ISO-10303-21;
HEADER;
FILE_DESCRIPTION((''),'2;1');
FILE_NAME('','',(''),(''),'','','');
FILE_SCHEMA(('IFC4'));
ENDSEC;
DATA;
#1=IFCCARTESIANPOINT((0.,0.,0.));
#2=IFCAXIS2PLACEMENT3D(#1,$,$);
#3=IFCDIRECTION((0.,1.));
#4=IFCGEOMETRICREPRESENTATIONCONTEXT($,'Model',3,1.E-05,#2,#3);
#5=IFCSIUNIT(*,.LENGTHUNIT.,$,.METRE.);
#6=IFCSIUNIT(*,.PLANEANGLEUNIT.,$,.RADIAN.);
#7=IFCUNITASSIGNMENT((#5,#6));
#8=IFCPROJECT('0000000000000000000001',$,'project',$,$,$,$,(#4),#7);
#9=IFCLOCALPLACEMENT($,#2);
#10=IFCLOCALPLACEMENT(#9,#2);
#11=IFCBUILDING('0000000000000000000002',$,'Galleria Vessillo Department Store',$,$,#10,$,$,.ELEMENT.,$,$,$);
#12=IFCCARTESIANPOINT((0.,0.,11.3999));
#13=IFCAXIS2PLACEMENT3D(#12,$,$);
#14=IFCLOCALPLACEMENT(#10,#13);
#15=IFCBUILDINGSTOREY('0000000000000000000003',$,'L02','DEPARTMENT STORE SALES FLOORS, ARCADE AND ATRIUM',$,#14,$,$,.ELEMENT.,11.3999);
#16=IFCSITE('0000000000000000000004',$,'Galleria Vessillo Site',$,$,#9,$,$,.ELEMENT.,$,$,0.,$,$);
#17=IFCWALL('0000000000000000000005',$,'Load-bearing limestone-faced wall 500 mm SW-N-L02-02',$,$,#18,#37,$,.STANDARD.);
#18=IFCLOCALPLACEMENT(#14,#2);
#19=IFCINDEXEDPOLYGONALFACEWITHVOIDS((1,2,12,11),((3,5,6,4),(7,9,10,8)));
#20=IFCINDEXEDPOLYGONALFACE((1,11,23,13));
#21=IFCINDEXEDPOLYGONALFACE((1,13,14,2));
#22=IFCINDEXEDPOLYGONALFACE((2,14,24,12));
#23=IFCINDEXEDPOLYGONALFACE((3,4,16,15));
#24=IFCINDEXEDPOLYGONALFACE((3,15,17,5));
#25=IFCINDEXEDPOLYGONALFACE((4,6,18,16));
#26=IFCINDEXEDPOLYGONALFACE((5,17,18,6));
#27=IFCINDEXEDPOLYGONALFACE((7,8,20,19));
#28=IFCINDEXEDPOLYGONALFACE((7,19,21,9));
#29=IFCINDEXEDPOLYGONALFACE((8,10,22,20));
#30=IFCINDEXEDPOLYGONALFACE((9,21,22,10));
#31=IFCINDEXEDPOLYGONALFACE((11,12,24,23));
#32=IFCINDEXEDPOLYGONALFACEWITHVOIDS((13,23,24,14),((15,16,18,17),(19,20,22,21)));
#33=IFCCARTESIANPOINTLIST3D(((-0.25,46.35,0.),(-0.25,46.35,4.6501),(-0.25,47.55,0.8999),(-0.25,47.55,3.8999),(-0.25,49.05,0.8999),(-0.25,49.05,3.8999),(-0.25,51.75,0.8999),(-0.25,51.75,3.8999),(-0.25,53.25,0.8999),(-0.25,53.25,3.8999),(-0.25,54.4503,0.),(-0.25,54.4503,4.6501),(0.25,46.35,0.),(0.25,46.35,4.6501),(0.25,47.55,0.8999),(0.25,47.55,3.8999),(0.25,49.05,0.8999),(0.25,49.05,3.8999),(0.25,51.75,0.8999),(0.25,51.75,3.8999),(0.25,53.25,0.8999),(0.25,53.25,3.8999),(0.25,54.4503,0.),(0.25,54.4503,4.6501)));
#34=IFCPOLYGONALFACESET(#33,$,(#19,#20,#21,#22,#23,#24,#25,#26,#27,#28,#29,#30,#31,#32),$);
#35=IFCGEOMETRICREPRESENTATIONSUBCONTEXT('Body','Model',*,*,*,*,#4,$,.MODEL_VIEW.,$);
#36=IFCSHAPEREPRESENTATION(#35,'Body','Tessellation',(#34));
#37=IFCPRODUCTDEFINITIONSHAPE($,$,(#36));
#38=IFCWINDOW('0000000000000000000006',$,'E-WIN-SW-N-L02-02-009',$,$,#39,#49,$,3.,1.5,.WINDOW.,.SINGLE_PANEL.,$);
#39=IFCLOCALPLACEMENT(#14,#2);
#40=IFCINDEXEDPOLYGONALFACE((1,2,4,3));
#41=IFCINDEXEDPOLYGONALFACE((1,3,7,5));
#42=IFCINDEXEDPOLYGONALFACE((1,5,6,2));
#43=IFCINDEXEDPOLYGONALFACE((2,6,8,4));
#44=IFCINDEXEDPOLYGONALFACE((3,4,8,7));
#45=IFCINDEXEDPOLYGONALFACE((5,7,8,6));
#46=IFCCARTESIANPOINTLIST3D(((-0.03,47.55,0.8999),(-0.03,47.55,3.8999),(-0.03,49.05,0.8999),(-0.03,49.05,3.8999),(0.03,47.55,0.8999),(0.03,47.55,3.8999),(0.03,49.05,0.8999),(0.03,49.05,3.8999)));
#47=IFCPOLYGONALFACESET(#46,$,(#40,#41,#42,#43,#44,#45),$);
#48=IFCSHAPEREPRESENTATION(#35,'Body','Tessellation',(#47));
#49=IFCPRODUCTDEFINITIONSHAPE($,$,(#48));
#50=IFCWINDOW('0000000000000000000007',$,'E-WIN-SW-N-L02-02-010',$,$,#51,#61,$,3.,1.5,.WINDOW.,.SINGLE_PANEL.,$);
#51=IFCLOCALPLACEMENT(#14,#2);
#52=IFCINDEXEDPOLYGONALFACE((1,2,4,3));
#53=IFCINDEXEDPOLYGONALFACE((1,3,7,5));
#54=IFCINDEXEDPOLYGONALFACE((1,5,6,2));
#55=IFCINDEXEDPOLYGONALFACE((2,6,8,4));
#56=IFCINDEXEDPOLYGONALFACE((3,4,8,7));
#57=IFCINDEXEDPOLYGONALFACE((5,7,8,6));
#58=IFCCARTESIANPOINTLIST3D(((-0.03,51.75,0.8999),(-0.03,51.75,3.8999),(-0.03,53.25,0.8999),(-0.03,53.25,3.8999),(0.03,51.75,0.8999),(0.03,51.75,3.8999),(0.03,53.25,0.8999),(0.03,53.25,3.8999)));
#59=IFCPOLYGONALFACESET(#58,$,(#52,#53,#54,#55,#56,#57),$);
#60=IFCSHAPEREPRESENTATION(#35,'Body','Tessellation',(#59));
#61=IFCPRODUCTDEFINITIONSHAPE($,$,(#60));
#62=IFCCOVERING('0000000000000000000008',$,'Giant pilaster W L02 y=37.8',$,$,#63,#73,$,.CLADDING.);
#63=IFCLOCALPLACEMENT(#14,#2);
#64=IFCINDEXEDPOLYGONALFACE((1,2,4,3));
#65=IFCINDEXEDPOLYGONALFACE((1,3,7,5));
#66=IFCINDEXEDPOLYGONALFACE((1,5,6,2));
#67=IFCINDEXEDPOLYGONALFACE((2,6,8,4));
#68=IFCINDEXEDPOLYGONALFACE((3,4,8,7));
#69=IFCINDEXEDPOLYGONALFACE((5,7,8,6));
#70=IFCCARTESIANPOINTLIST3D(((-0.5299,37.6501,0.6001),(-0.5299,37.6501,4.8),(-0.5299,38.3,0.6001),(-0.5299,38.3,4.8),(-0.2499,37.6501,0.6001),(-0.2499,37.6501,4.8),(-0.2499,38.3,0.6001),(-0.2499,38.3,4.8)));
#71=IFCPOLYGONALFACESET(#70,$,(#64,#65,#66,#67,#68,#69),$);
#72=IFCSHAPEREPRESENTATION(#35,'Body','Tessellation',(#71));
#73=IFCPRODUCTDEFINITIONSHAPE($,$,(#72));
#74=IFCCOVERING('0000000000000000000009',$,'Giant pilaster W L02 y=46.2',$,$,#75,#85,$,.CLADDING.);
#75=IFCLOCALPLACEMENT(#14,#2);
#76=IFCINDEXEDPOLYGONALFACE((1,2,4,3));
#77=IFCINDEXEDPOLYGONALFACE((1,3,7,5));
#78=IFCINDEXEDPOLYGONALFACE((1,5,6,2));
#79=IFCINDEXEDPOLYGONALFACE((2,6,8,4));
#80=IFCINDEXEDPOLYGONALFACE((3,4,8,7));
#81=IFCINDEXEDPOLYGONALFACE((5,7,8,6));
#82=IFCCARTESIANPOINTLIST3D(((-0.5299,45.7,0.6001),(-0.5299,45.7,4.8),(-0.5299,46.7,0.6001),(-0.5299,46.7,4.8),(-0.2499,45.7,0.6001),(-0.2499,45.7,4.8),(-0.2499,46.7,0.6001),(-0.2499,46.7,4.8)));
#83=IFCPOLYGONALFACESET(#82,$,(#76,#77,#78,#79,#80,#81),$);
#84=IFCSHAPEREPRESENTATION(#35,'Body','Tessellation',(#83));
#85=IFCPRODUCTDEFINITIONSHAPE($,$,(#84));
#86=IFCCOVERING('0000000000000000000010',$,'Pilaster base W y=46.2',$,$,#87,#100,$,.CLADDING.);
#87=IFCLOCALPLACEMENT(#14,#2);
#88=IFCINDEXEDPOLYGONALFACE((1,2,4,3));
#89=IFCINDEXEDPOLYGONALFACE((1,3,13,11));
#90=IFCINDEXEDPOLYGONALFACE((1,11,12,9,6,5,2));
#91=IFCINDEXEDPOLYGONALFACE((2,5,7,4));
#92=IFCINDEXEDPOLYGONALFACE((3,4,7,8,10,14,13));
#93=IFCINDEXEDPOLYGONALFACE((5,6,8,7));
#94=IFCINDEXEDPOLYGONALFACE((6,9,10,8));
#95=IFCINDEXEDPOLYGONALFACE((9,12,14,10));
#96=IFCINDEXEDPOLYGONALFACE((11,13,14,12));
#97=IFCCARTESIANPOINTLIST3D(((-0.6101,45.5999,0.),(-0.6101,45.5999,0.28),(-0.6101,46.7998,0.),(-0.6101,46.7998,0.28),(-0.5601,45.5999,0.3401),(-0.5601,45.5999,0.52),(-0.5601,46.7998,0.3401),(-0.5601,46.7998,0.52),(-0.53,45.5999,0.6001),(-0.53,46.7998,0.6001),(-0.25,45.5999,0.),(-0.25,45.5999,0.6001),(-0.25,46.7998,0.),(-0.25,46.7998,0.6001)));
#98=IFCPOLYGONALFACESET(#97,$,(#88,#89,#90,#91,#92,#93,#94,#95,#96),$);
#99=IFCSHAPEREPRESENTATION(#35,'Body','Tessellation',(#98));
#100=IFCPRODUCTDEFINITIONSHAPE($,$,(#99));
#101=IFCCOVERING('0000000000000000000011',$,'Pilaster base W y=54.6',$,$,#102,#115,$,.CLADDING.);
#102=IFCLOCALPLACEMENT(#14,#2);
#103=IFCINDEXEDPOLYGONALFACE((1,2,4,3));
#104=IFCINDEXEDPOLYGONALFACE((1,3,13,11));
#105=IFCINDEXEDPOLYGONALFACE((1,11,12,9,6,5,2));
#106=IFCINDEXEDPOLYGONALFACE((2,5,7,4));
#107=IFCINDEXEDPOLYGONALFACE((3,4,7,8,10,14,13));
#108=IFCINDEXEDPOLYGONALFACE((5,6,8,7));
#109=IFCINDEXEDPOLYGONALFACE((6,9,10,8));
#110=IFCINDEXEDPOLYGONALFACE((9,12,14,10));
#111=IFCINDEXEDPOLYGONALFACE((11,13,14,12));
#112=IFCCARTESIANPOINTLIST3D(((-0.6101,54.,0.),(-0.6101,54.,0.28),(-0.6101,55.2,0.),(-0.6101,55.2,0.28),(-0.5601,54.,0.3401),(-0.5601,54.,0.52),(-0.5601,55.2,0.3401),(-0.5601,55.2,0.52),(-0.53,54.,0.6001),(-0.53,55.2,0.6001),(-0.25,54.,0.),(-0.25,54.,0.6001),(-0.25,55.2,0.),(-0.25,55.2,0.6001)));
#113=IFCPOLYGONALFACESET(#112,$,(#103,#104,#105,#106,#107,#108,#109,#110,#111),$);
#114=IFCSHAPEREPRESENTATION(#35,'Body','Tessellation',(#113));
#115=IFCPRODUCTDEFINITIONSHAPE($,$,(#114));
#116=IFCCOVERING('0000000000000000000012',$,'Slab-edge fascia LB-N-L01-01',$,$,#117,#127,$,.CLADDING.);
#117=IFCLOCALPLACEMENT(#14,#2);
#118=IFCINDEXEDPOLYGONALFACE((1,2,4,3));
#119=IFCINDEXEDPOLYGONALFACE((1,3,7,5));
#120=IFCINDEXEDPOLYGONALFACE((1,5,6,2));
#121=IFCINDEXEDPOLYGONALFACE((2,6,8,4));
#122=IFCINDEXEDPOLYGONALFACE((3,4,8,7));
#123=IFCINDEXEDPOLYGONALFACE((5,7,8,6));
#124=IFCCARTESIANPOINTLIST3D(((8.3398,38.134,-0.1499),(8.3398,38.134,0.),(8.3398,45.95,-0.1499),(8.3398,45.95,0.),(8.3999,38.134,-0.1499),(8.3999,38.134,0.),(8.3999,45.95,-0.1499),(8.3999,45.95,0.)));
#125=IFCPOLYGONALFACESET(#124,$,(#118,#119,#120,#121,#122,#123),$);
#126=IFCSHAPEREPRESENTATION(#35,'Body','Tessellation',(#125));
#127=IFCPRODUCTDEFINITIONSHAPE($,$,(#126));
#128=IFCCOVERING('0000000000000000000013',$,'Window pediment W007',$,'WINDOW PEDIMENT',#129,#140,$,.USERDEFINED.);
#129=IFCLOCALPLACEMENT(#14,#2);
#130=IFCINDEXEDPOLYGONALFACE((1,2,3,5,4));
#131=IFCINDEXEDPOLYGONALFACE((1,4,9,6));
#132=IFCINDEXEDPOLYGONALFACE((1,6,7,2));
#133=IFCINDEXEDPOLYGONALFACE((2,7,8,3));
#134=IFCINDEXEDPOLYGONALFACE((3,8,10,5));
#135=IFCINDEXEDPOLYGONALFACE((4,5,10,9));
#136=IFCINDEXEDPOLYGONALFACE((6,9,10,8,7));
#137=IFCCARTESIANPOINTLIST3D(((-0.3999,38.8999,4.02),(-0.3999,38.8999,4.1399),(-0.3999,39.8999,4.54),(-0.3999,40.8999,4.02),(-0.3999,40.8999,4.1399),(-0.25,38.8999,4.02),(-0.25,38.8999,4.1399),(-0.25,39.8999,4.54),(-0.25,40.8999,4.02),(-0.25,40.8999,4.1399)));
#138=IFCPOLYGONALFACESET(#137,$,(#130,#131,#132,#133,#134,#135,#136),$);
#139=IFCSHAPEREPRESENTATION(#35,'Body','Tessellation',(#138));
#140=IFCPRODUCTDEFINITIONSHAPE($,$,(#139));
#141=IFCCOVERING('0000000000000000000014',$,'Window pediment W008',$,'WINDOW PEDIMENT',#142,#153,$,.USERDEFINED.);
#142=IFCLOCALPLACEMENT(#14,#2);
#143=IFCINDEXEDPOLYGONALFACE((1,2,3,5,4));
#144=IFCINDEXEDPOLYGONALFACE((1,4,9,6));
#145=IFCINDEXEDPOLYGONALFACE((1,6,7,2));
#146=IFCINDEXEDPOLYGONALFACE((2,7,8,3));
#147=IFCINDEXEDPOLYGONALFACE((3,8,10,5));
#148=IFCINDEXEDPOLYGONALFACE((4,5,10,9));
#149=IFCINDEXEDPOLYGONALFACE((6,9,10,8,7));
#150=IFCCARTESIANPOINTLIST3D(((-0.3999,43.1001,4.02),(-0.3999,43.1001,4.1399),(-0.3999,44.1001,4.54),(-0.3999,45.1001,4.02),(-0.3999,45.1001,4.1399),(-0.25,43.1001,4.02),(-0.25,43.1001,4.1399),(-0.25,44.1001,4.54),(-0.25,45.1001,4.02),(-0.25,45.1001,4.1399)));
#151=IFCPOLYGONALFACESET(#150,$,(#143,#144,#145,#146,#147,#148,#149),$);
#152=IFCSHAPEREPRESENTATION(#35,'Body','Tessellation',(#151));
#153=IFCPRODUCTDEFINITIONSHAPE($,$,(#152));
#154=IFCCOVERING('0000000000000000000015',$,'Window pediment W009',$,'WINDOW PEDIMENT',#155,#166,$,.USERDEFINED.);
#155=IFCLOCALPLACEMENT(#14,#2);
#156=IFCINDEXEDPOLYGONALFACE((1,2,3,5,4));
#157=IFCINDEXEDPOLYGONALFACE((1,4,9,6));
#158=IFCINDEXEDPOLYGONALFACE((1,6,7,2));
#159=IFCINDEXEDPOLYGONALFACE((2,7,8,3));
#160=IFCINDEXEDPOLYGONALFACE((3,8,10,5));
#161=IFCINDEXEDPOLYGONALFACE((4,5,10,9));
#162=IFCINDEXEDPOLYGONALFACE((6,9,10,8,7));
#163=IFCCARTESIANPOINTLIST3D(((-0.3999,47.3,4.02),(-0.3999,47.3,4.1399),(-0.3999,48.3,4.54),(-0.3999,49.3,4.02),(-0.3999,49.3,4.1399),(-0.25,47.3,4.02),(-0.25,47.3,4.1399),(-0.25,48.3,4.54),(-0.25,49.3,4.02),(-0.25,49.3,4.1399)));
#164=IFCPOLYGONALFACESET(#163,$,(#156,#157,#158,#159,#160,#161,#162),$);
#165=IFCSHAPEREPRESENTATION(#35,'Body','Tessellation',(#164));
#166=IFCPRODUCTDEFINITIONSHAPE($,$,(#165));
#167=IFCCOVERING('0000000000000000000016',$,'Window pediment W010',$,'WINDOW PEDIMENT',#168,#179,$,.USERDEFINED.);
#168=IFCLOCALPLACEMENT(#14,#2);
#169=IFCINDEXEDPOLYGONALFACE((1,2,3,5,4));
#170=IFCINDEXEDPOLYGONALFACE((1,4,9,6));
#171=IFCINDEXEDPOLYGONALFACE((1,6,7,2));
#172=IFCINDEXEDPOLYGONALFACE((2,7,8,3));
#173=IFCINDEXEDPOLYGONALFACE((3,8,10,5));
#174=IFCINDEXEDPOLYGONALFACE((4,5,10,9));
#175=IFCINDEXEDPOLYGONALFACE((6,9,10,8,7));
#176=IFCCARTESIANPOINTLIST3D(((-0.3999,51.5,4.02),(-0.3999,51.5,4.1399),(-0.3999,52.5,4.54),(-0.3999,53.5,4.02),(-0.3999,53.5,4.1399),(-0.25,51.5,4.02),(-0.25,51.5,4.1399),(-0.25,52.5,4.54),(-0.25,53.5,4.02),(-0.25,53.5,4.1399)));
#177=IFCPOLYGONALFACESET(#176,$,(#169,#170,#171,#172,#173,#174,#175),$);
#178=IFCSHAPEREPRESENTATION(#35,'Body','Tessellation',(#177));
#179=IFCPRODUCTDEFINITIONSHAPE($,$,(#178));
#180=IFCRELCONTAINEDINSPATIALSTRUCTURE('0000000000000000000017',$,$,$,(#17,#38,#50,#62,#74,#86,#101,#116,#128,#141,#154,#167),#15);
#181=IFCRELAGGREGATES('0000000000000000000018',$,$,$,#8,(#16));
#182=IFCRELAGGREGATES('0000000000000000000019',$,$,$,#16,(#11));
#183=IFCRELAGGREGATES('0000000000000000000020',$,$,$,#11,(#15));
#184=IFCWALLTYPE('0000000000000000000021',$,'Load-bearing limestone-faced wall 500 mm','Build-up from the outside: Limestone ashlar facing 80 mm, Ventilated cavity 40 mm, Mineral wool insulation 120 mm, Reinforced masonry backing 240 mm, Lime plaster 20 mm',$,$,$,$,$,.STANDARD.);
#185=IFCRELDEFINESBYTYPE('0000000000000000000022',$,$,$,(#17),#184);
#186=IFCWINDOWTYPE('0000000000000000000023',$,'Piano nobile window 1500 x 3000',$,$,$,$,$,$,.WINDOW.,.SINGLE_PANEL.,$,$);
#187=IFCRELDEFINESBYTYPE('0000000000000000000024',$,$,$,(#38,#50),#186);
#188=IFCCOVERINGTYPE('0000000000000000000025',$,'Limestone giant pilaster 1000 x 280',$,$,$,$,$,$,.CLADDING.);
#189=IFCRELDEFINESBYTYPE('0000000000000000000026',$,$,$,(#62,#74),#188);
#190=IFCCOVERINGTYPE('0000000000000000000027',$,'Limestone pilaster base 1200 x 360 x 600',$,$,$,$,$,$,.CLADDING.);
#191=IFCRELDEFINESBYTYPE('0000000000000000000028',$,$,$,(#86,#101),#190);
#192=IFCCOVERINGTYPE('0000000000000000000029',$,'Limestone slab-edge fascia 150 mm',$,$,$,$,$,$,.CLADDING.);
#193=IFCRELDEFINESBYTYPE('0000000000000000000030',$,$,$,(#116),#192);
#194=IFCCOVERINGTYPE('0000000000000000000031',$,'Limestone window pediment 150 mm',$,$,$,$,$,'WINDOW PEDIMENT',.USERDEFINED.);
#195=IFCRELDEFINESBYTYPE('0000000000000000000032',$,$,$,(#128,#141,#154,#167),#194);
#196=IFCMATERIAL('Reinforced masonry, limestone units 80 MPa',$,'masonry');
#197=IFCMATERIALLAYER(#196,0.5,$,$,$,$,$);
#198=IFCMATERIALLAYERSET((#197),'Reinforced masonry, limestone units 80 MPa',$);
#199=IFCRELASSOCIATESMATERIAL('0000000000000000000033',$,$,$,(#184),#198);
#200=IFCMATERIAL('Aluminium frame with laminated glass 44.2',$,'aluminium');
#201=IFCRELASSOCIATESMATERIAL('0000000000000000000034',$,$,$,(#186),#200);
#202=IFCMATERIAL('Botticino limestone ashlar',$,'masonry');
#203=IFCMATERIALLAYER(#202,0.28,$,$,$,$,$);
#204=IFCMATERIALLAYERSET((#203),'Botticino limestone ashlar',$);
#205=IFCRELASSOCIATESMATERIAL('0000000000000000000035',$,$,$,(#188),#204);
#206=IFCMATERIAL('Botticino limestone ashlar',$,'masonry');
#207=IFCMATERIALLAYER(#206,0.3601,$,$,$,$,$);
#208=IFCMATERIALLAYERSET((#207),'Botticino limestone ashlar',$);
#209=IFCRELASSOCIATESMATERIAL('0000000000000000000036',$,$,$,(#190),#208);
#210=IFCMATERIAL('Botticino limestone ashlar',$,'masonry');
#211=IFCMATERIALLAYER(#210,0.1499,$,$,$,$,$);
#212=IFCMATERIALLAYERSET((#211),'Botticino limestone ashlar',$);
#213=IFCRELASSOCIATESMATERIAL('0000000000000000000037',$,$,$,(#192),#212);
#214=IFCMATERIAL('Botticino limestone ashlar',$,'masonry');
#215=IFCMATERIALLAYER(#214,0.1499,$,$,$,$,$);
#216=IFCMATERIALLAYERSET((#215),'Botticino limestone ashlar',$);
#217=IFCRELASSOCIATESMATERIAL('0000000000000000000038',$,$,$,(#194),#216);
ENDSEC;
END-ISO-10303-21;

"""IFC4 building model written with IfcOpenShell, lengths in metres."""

from ifc_helpers import new_model, si_unit, direction, frame, frame_2d, origin, origin_2d, place, context, subcontext, project, spatial, polyline, rectangle, outline, extrude, material, layer, layer_set, type_object, element, fill, save


model = new_model("IFC4")

# Units and contexts
model_context = context("Model", 3, precision=1e-05, world=origin(), true_north=direction((0.0, 1.0)))
body_context = subcontext(model_context, "Body", "Model", "MODEL_VIEW")
ifc_project = project(units=[si_unit("LENGTHUNIT", "METRE"), si_unit("PLANEANGLEUNIT", "RADIAN")], contexts=[model_context])

# Site, building, storey
site_placement = place(None, origin())
site = spatial("IfcSite", under=ifc_project, at=site_placement, Name="Galleria Vessillo Site", CompositionType="ELEMENT", RefElevation=0.0)
building_placement = place(site_placement, origin())
building = spatial("IfcBuilding", under=site, at=building_placement, Name="Galleria Vessillo Department Store", CompositionType="ELEMENT")
storey_placement = place(building_placement, frame((0.0, 0.0, 11.3999)))
storey = spatial("IfcBuildingStorey", under=building, at=storey_placement, Name="L02", Description="DEPARTMENT STORE SALES FLOORS, ARCADE AND ATRIUM", CompositionType="ELEMENT", Elevation=11.3999)

# Wall, openings, windows
ifc_material_1 = material(Name="Reinforced masonry, limestone units 80 MPa", Category="masonry")
ifc_layer_1 = layer(ifc_material_1, 0.5)
ifc_layer_set_1 = layer_set([ifc_layer_1], Name="Reinforced masonry, limestone units 80 MPa")
wall_type = type_object("IfcWallType", Name="Load-bearing limestone-faced wall 500 mm", Description="Build-up from the outside: Limestone ashlar facing 80 mm, Ventilated cavity 40 mm, Mineral wool insulation 120 mm, Reinforced masonry backing 240 mm, Lime plaster 20 mm", PredefinedType="STANDARD", material=ifc_layer_set_1)
ifc_material_2 = material(Name="Aluminium frame with laminated glass 44.2", Category="aluminium")
window_type = type_object("IfcWindowType", Name="Piano nobile window 1500 x 3000", PartitioningType="SINGLE_PANEL", PredefinedType="WINDOW", material=ifc_material_2)
wall_1_placement = place(storey_placement, frame((0.0, 46.3499, 0.0), z_axis=(0.0, 0.0, 1.0), x_axis=(0.0, 1.0, 0.0)))
wall_1 = element("IfcWall", 1, at=wall_1_placement, inside=storey, type_object=wall_type, Name="Load-bearing limestone-faced wall 500 mm SW-N-L02-02", PredefinedType="STANDARD", context=body_context, shape_type="SweptSolid", body=[
    extrude(rectangle(XDim=8.1003, YDim=0.5, at=frame_2d((4.0503, 0.0))), origin(), (0.0, 0.0, 1.0), 4.6501),
])
opening_1_placement = place(wall_1_placement, frame((1.2002, 0.0, 0.8999)))
opening_1 = element("IfcOpeningElement", 2, at=opening_1_placement, cuts=wall_1, PredefinedType="OPENING", context=body_context, shape_type="SweptSolid", body=[
    extrude(rectangle(XDim=1.5, YDim=3.0, at=frame_2d((0.75, 1.5))), frame((0.0, 0.26, 0.0), z_axis=(0.0, -1.0, 0.0), x_axis=(1.0, 0.0, 0.0)), (0.0, 0.0, 1.0), 0.52),
])
opening_2_placement = place(wall_1_placement, frame((5.4001, 0.0, 0.8999)))
opening_2 = element("IfcOpeningElement", 3, at=opening_2_placement, cuts=wall_1, PredefinedType="OPENING", context=body_context, shape_type="SweptSolid", body=[
    extrude(rectangle(XDim=1.5, YDim=3.0, at=frame_2d((0.75, 1.5))), frame((0.0, 0.26, 0.0), z_axis=(0.0, -1.0, 0.0), x_axis=(1.0, 0.0, 0.0)), (0.0, 0.0, 1.0), 0.52),
])
window_1_placement = place(opening_1_placement, origin())
window_1 = element("IfcWindow", 4, at=window_1_placement, inside=storey, type_object=window_type, Name="E-WIN-SW-N-L02-02-009", OverallHeight=3.0, OverallWidth=1.5, PartitioningType="SINGLE_PANEL", PredefinedType="WINDOW", context=body_context, shape_type="SweptSolid", body=[
    extrude(rectangle(XDim=1.5, YDim=3.0, at=frame_2d((0.75, 1.5))), frame((0.0, 0.03, 0.0), z_axis=(0.0, -1.0, 0.0), x_axis=(1.0, 0.0, 0.0)), (0.0, 0.0, 1.0), 0.0601),
])
fill(opening_1, window_1)
window_2_placement = place(opening_2_placement, origin())
window_2 = element("IfcWindow", 5, at=window_2_placement, inside=storey, type_object=window_type, Name="E-WIN-SW-N-L02-02-010", OverallHeight=3.0, OverallWidth=1.5, PartitioningType="SINGLE_PANEL", PredefinedType="WINDOW", context=body_context, shape_type="SweptSolid", body=[
    extrude(rectangle(XDim=1.5, YDim=3.0, at=frame_2d((0.75, 1.5))), frame((0.0, 0.03, 0.0), z_axis=(0.0, -1.0, 0.0), x_axis=(1.0, 0.0, 0.0)), (0.0, 0.0, 1.0), 0.0601),
])
fill(opening_2, window_2)

# Coverings
ifc_material_3 = material(Name="Botticino limestone ashlar", Category="masonry")
ifc_layer_2 = layer(ifc_material_3, 0.28)
ifc_layer_set_2 = layer_set([ifc_layer_2], Name="Botticino limestone ashlar")
covering_type_1 = type_object("IfcCoveringType", Name="Limestone giant pilaster 1000 x 280", PredefinedType="CLADDING", material=ifc_layer_set_2)
covering_1_placement = place(storey_placement, frame((-0.3899, 37.9751, 0.6001), z_axis=(0.0, 0.0, 1.0), x_axis=(1.0, 0.0, 0.0)))
element("IfcCovering", 6, at=covering_1_placement, inside=storey, type_object=covering_type_1, Name="Giant pilaster W L02 y=37.8", PredefinedType="CLADDING", context=body_context, shape_type="SweptSolid", body=[
    extrude(rectangle(XDim=0.28, YDim=0.6499, at=origin_2d()), origin(), (0.0, 0.0, 1.0), 4.2),
])
covering_2_placement = place(storey_placement, frame((-0.3899, 46.2, 0.6001), z_axis=(0.0, 0.0, 1.0), x_axis=(1.0, 0.0, 0.0)))
element("IfcCovering", 7, at=covering_2_placement, inside=storey, type_object=covering_type_1, Name="Giant pilaster W L02 y=46.2", PredefinedType="CLADDING", context=body_context, shape_type="SweptSolid", body=[
    extrude(rectangle(XDim=0.28, YDim=1.0, at=origin_2d()), origin(), (0.0, 0.0, 1.0), 4.2),
])
ifc_material_4 = material(Name="Botticino limestone ashlar", Category="masonry")
ifc_layer_3 = layer(ifc_material_4, 0.3601)
ifc_layer_set_3 = layer_set([ifc_layer_3], Name="Botticino limestone ashlar")
covering_type_2 = type_object("IfcCoveringType", Name="Limestone pilaster base 1200 x 360 x 600", PredefinedType="CLADDING", material=ifc_layer_set_3)
for number, where, z_axis, x_axis, name in (
    (8, (0.0, 45.5999, 0.0), (0.0, 1.0, 0.0), (-1.0, 0.0, 0.0), "Pilaster base W y=46.2"),
    (9, (0.0, 54.0, 0.0), (0.0, 1.0, 0.0), (-1.0, 0.0, 0.0), "Pilaster base W y=54.6"),
):
    element("IfcCovering", number, at=place(storey_placement, frame(where, z_axis=z_axis, x_axis=x_axis)), inside=storey, type_object=covering_type_2, Name=name, PredefinedType="CLADDING", context=body_context, shape_type="SweptSolid", body=[
        extrude(outline(polyline([(0.25, 0.0), (0.6101, 0.0), (0.6101, 0.28), (0.5601, 0.3401), (0.5601, 0.52), (0.53, 0.6001), (0.25, 0.6001), (0.25, 0.0)])), origin(), (0.0, 0.0, 1.0), 1.2),
    ])
ifc_material_5 = material(Name="Botticino limestone ashlar", Category="masonry")
ifc_layer_4 = layer(ifc_material_5, 0.1499)
ifc_layer_set_4 = layer_set([ifc_layer_4], Name="Botticino limestone ashlar")
covering_type_3 = type_object("IfcCoveringType", Name="Limestone slab-edge fascia 150 mm", PredefinedType="CLADDING", material=ifc_layer_set_4)
covering_3_placement = place(storey_placement, frame((8.3699, 42.042, -0.1499), z_axis=(0.0, 0.0, 1.0), x_axis=(1.0, 0.0, 0.0)))
element("IfcCovering", 10, at=covering_3_placement, inside=storey, type_object=covering_type_3, Name="Slab-edge fascia LB-N-L01-01", PredefinedType="CLADDING", context=body_context, shape_type="SweptSolid", body=[
    extrude(rectangle(XDim=0.0601, YDim=7.8159, at=origin_2d()), origin(), (0.0, 0.0, 1.0), 0.1499),
])
ifc_material_6 = material(Name="Botticino limestone ashlar", Category="masonry")
ifc_layer_5 = layer(ifc_material_6, 0.1499)
ifc_layer_set_5 = layer_set([ifc_layer_5], Name="Botticino limestone ashlar")
covering_type_4 = type_object("IfcCoveringType", Name="Limestone window pediment 150 mm", ElementType="WINDOW PEDIMENT", PredefinedType="USERDEFINED", material=ifc_layer_set_5)
for number, where, z_axis, x_axis, name in (
    (11, (-0.325, 38.8999, 4.02), (0.0, 0.0, 1.0), (0.0, 1.0, 0.0), "Window pediment W007"),
    (12, (-0.325, 43.1001, 4.02), (0.0, 0.0, 1.0), (0.0, 1.0, 0.0), "Window pediment W008"),
    (13, (-0.325, 47.3, 4.02), (0.0, 0.0, 1.0), (0.0, 1.0, 0.0), "Window pediment W009"),
    (14, (-0.325, 51.5, 4.02), (0.0, 0.0, 1.0), (0.0, 1.0, 0.0), "Window pediment W010"),
):
    element("IfcCovering", number, at=place(storey_placement, frame(where, z_axis=z_axis, x_axis=x_axis)), inside=storey, type_object=covering_type_4, Name=name, ObjectType="WINDOW PEDIMENT", PredefinedType="USERDEFINED", context=body_context, shape_type="SweptSolid", body=[
        extrude(outline(polyline([(0.0, 0.0), (2.0, 0.0), (2.0, 0.1199), (1.0, 0.52), (0.0, 0.1199), (0.0, 0.0)])), frame((0.0, 0.075, 0.0), z_axis=(0.0, -1.0, 0.0), x_axis=(1.0, 0.0, 0.0)), (0.0, 0.0, 1.0), 0.1499),
    ])

save(model, "model.ifc")
